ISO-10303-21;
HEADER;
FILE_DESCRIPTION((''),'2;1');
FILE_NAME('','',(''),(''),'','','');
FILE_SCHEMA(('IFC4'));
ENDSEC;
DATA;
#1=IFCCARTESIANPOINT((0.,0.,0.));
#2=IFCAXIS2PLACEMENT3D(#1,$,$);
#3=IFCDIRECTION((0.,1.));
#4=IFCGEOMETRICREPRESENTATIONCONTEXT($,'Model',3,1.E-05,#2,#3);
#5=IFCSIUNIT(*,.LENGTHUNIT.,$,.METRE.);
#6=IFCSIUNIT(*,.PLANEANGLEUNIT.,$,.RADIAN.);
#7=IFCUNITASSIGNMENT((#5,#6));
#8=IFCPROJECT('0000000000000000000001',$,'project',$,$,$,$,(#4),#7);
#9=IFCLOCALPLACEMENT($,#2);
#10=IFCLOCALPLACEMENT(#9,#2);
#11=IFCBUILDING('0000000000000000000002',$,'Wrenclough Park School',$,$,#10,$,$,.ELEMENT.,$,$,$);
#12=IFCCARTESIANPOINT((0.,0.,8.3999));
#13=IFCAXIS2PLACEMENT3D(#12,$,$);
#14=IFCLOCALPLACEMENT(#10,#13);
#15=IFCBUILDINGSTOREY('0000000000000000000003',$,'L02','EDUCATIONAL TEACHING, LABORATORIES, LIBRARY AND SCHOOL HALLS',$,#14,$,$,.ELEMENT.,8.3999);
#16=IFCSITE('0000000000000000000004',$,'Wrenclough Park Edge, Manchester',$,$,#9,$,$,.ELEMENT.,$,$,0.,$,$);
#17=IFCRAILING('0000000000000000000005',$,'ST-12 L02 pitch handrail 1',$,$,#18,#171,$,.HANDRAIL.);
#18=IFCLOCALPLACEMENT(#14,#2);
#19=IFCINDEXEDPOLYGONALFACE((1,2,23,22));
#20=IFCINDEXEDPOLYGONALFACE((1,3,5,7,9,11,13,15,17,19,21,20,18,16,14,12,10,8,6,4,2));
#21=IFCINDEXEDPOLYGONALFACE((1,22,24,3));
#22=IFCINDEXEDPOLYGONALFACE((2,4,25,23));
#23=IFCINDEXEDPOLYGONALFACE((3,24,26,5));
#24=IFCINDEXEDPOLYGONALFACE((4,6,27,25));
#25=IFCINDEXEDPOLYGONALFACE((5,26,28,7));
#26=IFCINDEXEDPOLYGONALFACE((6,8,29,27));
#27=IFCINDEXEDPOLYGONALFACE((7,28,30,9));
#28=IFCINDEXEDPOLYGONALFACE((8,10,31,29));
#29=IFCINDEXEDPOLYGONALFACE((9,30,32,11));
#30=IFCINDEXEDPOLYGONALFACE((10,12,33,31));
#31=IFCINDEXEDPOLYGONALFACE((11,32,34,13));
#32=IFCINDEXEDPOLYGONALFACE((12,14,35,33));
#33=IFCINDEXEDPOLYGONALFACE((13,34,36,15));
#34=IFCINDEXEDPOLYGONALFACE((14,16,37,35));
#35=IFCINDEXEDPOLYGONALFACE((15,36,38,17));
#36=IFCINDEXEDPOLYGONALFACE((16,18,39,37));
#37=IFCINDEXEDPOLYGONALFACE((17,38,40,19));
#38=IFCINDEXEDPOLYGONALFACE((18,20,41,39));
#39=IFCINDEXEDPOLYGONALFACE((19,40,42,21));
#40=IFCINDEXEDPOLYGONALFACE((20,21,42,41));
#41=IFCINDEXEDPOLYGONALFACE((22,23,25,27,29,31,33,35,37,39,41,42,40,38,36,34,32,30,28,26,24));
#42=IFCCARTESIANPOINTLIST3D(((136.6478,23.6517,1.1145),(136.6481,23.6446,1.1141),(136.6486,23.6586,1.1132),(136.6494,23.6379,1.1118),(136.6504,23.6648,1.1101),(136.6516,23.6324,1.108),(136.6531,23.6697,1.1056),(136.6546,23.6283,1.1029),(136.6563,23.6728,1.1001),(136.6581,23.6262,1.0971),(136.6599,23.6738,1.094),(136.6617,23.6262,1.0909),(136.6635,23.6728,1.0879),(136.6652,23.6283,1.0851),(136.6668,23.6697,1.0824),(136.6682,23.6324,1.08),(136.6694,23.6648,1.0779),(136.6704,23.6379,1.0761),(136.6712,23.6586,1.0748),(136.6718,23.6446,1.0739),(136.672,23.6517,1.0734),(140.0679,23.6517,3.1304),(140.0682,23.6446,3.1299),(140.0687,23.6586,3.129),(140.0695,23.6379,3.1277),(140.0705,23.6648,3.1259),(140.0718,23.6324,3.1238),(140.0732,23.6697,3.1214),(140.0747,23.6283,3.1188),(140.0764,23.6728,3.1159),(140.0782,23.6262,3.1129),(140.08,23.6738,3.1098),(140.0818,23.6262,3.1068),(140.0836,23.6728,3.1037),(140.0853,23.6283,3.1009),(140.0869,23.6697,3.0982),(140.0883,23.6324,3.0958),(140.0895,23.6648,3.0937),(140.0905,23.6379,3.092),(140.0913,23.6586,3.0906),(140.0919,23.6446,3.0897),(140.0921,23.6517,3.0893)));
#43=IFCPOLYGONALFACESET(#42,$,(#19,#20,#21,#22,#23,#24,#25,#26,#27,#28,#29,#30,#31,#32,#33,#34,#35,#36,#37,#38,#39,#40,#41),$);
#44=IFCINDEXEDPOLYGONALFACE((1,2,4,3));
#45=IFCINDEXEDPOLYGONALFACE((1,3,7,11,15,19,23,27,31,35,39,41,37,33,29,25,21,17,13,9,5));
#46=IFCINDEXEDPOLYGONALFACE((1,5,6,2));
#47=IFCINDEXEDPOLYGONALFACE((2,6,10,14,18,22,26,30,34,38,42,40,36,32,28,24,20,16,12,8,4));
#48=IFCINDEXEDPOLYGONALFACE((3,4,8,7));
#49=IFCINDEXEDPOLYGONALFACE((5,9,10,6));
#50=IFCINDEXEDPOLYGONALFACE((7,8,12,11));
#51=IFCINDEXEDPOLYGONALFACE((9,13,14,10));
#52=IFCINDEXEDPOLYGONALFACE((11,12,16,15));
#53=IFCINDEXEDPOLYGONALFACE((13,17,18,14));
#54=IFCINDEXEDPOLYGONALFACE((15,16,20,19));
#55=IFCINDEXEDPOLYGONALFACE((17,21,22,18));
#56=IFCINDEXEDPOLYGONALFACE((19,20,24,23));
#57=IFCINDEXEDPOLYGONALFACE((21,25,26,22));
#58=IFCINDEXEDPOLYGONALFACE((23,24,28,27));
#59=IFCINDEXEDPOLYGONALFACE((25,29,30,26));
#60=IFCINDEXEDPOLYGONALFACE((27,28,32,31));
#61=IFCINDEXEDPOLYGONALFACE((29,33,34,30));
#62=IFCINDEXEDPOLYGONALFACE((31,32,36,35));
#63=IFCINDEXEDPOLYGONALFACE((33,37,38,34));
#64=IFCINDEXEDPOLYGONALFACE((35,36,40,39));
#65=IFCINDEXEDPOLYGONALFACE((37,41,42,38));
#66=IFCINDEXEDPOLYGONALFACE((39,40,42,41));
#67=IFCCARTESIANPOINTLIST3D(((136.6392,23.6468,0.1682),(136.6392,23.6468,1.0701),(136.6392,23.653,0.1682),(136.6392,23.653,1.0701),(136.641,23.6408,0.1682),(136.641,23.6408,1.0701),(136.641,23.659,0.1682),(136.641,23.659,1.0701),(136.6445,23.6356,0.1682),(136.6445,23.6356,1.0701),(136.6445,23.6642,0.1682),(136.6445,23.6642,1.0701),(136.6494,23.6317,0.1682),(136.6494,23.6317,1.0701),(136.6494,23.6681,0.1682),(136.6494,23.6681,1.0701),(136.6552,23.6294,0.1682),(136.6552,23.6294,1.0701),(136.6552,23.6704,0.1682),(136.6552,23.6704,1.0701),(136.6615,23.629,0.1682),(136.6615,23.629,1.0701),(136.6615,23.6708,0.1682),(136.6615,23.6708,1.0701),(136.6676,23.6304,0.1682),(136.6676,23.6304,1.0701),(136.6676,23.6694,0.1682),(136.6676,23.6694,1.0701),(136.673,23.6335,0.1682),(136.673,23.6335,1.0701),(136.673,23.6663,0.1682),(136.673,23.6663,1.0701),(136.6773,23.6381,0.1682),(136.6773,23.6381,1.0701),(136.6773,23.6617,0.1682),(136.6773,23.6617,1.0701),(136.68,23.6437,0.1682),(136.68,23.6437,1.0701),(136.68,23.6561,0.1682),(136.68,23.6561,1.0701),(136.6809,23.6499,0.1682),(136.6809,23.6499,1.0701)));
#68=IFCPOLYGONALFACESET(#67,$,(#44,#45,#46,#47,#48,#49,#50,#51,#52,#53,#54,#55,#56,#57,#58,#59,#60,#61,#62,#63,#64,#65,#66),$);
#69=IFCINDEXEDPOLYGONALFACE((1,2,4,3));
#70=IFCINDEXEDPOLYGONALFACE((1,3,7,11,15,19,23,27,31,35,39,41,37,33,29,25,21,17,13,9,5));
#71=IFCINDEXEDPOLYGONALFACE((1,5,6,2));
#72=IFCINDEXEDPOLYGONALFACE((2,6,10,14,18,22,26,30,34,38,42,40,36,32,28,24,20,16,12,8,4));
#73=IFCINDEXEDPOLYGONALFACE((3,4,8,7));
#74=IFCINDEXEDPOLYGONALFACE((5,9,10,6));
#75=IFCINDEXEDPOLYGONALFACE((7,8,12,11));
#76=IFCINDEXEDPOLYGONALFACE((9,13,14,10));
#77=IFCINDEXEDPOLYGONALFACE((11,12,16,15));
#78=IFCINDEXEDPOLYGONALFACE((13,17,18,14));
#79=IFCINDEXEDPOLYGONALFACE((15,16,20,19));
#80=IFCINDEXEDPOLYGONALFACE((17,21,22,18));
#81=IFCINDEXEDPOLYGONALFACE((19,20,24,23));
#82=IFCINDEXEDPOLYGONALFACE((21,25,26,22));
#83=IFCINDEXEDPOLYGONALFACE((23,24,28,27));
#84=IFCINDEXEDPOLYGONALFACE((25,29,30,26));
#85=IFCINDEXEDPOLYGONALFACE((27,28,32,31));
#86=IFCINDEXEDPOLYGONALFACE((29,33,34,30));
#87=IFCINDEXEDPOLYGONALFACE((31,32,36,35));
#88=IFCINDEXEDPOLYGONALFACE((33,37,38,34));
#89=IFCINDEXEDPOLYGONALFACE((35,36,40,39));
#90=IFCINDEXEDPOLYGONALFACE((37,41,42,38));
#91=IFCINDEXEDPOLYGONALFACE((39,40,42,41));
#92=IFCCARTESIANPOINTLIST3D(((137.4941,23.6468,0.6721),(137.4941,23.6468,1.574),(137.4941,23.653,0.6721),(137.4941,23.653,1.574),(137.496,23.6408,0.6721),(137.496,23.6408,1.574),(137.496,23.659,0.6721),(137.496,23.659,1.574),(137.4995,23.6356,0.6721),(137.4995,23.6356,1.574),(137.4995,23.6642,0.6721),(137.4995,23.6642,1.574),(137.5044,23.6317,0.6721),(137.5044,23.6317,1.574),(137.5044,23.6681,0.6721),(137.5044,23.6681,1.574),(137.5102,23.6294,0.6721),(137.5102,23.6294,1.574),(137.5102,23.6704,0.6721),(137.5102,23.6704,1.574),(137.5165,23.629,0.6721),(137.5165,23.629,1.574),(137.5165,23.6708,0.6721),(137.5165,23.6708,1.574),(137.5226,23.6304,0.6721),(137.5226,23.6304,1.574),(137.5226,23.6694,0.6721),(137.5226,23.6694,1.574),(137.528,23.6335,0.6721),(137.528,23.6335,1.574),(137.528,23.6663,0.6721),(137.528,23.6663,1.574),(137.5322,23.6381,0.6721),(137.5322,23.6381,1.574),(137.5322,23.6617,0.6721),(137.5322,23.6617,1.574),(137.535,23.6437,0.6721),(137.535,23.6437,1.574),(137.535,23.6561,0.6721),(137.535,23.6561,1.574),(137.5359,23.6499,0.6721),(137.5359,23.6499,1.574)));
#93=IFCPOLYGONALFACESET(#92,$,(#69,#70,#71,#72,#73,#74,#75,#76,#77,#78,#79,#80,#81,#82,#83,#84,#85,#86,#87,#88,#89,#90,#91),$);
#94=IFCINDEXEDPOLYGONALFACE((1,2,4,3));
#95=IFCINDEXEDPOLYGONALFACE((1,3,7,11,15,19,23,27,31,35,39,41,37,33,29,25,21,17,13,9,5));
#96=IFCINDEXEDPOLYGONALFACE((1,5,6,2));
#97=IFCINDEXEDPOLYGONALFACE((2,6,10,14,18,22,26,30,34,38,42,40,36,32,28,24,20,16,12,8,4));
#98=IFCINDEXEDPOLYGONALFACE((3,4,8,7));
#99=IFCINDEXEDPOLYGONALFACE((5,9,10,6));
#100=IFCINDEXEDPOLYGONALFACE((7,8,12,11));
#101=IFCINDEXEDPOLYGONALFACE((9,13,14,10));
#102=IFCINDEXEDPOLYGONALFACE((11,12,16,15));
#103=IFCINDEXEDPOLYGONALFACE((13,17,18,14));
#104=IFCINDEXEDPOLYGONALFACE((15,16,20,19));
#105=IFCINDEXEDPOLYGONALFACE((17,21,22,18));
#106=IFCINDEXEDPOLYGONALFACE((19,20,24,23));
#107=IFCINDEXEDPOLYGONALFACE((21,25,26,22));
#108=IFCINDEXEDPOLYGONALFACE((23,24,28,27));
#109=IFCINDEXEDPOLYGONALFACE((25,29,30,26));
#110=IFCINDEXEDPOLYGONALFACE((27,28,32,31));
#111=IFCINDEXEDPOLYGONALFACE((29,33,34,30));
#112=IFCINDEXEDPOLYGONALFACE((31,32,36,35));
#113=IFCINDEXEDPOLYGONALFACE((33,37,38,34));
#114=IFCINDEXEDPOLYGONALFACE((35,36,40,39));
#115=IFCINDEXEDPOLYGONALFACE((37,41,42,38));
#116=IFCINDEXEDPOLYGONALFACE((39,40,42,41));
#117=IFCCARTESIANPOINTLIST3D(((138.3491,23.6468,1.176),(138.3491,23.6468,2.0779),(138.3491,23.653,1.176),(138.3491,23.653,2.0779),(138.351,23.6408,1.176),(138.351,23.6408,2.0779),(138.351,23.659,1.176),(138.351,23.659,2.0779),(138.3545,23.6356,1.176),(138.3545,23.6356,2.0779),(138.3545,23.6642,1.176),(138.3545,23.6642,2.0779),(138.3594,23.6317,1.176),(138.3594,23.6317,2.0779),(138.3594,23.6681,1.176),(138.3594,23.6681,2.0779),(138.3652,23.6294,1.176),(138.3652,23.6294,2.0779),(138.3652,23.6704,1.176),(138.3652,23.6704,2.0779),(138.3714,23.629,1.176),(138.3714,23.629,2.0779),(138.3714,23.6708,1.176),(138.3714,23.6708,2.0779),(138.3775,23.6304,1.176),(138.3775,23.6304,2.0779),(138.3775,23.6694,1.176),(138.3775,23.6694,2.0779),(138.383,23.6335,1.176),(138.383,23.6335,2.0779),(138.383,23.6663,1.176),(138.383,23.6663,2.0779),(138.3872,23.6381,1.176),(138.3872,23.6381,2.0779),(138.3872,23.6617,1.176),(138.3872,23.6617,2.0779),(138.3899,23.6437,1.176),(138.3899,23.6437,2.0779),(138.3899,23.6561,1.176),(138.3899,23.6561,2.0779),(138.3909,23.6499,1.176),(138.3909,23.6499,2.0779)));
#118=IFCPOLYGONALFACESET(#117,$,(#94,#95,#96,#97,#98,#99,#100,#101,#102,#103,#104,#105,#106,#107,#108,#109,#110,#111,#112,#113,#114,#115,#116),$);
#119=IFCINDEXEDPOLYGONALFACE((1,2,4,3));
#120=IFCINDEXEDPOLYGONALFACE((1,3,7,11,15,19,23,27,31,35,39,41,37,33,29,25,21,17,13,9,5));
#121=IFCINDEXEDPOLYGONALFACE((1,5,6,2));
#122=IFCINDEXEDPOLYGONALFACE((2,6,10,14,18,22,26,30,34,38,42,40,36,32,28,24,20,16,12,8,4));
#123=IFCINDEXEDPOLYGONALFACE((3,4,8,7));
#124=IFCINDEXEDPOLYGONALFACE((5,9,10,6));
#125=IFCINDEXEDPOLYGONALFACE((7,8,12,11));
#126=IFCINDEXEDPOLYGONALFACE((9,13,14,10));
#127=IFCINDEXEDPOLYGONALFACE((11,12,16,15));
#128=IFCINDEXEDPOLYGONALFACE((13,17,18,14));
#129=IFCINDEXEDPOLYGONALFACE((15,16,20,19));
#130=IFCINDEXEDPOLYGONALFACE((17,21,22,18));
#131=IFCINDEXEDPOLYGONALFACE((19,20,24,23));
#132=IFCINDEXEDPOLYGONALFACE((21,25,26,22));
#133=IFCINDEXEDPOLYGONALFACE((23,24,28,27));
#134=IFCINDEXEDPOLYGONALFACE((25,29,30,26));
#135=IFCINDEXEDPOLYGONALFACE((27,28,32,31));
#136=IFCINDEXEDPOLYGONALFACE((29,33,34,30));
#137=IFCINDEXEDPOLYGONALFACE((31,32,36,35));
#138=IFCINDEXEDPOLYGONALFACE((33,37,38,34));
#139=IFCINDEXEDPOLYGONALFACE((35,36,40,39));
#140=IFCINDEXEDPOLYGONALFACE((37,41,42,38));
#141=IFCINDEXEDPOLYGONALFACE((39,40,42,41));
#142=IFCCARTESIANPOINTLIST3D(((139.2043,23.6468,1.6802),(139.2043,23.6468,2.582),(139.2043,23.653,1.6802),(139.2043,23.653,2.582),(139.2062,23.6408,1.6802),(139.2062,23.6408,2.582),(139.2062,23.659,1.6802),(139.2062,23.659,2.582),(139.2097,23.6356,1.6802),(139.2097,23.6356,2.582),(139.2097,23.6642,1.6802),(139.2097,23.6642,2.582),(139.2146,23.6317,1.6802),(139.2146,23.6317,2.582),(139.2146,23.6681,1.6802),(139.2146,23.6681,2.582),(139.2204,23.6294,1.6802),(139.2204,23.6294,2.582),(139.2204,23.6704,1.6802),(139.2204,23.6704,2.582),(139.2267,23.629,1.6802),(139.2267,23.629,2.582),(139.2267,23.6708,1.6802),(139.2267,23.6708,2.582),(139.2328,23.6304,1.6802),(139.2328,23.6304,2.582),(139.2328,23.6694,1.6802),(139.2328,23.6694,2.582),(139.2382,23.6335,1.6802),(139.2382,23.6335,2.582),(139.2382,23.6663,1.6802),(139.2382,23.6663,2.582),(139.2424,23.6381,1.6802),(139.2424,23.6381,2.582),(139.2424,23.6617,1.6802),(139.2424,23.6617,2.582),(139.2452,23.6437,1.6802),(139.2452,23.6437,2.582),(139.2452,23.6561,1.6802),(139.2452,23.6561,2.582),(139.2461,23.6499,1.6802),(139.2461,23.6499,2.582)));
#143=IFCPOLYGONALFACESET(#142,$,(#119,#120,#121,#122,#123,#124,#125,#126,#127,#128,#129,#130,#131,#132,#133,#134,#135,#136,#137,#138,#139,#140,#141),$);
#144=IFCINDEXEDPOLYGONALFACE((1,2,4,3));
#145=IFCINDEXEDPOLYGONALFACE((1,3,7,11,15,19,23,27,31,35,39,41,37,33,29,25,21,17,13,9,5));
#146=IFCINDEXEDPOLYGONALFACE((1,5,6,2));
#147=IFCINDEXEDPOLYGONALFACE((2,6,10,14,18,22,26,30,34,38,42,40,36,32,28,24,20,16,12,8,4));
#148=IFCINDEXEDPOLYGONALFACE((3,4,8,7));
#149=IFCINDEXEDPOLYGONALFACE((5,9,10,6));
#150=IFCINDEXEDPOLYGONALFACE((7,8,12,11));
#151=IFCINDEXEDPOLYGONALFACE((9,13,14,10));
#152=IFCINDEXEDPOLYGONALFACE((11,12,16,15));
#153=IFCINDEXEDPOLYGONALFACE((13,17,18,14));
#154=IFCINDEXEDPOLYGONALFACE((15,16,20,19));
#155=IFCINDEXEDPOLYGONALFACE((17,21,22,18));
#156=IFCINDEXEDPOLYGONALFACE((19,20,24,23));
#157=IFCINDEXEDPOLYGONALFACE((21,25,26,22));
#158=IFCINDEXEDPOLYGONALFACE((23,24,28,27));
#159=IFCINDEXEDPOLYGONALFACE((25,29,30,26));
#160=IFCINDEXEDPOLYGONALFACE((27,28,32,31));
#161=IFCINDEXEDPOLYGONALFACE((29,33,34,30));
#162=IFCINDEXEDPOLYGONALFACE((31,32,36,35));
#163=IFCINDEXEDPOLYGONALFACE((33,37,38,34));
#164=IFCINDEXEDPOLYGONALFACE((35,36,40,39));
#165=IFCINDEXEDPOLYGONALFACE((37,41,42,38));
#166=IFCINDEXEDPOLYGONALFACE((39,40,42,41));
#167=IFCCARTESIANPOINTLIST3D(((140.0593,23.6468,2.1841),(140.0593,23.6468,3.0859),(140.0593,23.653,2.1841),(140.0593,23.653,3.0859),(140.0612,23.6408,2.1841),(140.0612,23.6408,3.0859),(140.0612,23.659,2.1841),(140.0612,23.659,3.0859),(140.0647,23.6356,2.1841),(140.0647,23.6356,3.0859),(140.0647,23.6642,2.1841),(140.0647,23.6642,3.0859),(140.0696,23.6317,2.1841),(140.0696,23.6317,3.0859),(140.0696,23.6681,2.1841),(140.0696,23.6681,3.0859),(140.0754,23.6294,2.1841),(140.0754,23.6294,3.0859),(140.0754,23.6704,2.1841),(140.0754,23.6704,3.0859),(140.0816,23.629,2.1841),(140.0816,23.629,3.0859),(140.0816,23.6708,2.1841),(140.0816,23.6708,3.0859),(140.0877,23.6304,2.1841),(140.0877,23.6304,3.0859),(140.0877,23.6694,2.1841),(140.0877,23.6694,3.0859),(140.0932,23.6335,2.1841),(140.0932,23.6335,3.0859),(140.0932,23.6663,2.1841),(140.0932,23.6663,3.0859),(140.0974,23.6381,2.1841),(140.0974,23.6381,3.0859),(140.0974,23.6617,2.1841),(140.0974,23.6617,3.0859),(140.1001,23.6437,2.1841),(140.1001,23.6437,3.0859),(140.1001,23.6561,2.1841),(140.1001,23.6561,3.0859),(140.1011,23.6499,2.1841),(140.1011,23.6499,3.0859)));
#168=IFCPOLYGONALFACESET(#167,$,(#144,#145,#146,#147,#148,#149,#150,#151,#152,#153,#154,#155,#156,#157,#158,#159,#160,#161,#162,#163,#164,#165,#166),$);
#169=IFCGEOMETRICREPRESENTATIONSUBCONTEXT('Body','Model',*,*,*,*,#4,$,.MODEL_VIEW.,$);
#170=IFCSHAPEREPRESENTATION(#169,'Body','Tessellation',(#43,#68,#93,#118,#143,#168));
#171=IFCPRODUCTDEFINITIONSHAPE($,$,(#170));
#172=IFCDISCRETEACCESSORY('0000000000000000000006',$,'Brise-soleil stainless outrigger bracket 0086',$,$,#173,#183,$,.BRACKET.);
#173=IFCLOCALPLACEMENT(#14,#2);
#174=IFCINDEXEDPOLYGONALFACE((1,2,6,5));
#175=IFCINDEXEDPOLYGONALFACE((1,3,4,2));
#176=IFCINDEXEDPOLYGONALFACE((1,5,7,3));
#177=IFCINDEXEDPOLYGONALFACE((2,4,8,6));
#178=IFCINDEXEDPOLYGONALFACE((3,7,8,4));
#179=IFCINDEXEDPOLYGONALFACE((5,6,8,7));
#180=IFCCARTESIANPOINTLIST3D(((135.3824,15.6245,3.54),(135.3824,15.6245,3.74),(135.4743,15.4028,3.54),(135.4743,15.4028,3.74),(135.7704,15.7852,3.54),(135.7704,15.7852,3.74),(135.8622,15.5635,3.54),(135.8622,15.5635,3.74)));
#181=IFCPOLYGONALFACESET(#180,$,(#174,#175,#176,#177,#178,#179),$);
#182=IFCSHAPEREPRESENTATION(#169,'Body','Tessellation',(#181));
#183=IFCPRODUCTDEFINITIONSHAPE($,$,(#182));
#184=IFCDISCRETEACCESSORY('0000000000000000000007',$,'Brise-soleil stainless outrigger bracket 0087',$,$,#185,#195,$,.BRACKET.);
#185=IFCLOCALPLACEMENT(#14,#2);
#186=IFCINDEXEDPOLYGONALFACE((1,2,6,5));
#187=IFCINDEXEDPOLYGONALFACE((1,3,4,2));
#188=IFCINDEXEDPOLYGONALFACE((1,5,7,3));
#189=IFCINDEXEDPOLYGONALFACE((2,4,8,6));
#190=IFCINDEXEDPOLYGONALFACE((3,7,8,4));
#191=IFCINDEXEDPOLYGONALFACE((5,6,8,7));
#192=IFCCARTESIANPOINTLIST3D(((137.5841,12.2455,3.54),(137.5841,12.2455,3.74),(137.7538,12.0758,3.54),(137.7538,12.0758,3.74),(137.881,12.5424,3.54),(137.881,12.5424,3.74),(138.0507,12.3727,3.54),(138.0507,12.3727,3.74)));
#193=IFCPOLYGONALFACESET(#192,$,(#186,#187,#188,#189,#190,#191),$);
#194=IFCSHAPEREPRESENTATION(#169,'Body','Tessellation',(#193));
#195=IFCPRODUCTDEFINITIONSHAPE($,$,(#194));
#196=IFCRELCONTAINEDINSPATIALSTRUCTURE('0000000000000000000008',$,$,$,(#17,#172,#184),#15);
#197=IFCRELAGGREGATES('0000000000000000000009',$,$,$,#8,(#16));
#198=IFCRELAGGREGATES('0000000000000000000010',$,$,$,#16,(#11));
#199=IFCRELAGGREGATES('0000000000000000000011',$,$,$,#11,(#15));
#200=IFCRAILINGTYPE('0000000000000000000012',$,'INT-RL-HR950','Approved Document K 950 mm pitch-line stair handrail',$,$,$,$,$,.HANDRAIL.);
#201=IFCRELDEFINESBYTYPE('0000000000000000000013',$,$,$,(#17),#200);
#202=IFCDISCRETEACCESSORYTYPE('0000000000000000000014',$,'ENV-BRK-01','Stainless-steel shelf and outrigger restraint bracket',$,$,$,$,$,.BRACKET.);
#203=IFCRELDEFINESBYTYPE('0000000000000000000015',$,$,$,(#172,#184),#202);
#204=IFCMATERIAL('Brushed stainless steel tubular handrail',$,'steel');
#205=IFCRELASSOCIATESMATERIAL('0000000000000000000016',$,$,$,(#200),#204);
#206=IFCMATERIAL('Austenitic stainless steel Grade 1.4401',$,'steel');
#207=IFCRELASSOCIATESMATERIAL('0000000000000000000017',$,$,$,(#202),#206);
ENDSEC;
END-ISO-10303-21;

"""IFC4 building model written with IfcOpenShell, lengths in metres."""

from ifc_helpers import new_model, si_unit, direction, frame, origin, origin_2d, place, context, subcontext, project, spatial, rectangle, circle, extrude, material, type_object, element, save


model = new_model("IFC4")

# Units and contexts
model_context = context("Model", 3, precision=1e-05, world=origin(), true_north=direction((0.0, 1.0)))
body_context = subcontext(model_context, "Body", "Model", "MODEL_VIEW")
ifc_project = project(units=[si_unit("LENGTHUNIT", "METRE"), si_unit("PLANEANGLEUNIT", "RADIAN")], contexts=[model_context])

# Site, building, storey
site_placement = place(None, origin())
site = spatial("IfcSite", under=ifc_project, at=site_placement, Name="Wrenclough Park Edge, Manchester", CompositionType="ELEMENT", RefElevation=0.0)
building_placement = place(site_placement, origin())
building = spatial("IfcBuilding", under=site, at=building_placement, Name="Wrenclough Park School", CompositionType="ELEMENT")
storey_placement = place(building_placement, frame((0.0, 0.0, 8.3999)))
storey = spatial("IfcBuildingStorey", under=building, at=storey_placement, Name="L02", Description="EDUCATIONAL TEACHING, LABORATORIES, LIBRARY AND SCHOOL HALLS", CompositionType="ELEMENT", Elevation=8.3999)

# Railing
ifc_material_1 = material(Name="Brushed stainless steel tubular handrail", Category="steel")
railing_type_1 = type_object("IfcRailingType", Name="INT-RL-HR950", Description="Approved Document K 950 mm pitch-line stair handrail", PredefinedType="HANDRAIL", material=ifc_material_1)
railing_1_placement = place(storey_placement, frame((136.6599, 23.6499, 0.1682)))
element("IfcRailing", 1, at=railing_1_placement, inside=storey, type_object=railing_type_1, Name="ST-12 L02 pitch handrail 1", PredefinedType="HANDRAIL", context=body_context, shape_type="SweptSolid", body=[
    extrude(circle(Radius=0.0239, at=origin_2d()), frame((0.0, 0.0, 0.9258), z_axis=(0.861493, 0.0, 0.50777), x_axis=(0.0, 1.0, 0.0)), (0.0, 0.0, 1.0), 3.97),
    extrude(circle(Radius=0.021, at=origin_2d()), origin(), (0.0, 0.0, 1.0), 0.9019),
    extrude(circle(Radius=0.021, at=origin_2d()), frame((0.855, 0.0, 0.5039)), (0.0, 0.0, 1.0), 0.9019),
    extrude(circle(Radius=0.021, at=origin_2d()), frame((1.71, 0.0, 1.0078)), (0.0, 0.0, 1.0), 0.9019),
    extrude(circle(Radius=0.021, at=origin_2d()), frame((2.5652, 0.0, 1.512)), (0.0, 0.0, 1.0), 0.9019),
    extrude(circle(Radius=0.021, at=origin_2d()), frame((3.4202, 0.0, 2.0159)), (0.0, 0.0, 1.0), 0.9019),
])

# Discrete accessories
ifc_material_2 = material(Name="Austenitic stainless steel Grade 1.4401", Category="steel")
discrete_accessory_type = type_object("IfcDiscreteAccessoryType", Name="ENV-BRK-01", Description="Stainless-steel shelf and outrigger restraint bracket", PredefinedType="BRACKET", material=ifc_material_2)
for number, where, z_axis, x_axis, name in (
    (2, (135.6223, 15.594, 3.54), (0.0, 0.0, 1.0), (0.382684, -0.923879, 0.0), "Brise-soleil stainless outrigger bracket 0086"),
    (3, (137.8174, 12.3091, 3.54), (0.0, 0.0, 1.0), (0.707107, -0.707107, 0.0), "Brise-soleil stainless outrigger bracket 0087"),
):
    element("IfcDiscreteAccessory", number, at=place(storey_placement, frame(where, z_axis=z_axis, x_axis=x_axis)), inside=storey, type_object=discrete_accessory_type, Name=name, PredefinedType="BRACKET", context=body_context, shape_type="SweptSolid", body=[
        extrude(rectangle(XDim=0.24, YDim=0.4199, at=origin_2d()), origin(), (0.0, 0.0, 1.0), 0.2),
    ])

save(model, "model.ifc")
